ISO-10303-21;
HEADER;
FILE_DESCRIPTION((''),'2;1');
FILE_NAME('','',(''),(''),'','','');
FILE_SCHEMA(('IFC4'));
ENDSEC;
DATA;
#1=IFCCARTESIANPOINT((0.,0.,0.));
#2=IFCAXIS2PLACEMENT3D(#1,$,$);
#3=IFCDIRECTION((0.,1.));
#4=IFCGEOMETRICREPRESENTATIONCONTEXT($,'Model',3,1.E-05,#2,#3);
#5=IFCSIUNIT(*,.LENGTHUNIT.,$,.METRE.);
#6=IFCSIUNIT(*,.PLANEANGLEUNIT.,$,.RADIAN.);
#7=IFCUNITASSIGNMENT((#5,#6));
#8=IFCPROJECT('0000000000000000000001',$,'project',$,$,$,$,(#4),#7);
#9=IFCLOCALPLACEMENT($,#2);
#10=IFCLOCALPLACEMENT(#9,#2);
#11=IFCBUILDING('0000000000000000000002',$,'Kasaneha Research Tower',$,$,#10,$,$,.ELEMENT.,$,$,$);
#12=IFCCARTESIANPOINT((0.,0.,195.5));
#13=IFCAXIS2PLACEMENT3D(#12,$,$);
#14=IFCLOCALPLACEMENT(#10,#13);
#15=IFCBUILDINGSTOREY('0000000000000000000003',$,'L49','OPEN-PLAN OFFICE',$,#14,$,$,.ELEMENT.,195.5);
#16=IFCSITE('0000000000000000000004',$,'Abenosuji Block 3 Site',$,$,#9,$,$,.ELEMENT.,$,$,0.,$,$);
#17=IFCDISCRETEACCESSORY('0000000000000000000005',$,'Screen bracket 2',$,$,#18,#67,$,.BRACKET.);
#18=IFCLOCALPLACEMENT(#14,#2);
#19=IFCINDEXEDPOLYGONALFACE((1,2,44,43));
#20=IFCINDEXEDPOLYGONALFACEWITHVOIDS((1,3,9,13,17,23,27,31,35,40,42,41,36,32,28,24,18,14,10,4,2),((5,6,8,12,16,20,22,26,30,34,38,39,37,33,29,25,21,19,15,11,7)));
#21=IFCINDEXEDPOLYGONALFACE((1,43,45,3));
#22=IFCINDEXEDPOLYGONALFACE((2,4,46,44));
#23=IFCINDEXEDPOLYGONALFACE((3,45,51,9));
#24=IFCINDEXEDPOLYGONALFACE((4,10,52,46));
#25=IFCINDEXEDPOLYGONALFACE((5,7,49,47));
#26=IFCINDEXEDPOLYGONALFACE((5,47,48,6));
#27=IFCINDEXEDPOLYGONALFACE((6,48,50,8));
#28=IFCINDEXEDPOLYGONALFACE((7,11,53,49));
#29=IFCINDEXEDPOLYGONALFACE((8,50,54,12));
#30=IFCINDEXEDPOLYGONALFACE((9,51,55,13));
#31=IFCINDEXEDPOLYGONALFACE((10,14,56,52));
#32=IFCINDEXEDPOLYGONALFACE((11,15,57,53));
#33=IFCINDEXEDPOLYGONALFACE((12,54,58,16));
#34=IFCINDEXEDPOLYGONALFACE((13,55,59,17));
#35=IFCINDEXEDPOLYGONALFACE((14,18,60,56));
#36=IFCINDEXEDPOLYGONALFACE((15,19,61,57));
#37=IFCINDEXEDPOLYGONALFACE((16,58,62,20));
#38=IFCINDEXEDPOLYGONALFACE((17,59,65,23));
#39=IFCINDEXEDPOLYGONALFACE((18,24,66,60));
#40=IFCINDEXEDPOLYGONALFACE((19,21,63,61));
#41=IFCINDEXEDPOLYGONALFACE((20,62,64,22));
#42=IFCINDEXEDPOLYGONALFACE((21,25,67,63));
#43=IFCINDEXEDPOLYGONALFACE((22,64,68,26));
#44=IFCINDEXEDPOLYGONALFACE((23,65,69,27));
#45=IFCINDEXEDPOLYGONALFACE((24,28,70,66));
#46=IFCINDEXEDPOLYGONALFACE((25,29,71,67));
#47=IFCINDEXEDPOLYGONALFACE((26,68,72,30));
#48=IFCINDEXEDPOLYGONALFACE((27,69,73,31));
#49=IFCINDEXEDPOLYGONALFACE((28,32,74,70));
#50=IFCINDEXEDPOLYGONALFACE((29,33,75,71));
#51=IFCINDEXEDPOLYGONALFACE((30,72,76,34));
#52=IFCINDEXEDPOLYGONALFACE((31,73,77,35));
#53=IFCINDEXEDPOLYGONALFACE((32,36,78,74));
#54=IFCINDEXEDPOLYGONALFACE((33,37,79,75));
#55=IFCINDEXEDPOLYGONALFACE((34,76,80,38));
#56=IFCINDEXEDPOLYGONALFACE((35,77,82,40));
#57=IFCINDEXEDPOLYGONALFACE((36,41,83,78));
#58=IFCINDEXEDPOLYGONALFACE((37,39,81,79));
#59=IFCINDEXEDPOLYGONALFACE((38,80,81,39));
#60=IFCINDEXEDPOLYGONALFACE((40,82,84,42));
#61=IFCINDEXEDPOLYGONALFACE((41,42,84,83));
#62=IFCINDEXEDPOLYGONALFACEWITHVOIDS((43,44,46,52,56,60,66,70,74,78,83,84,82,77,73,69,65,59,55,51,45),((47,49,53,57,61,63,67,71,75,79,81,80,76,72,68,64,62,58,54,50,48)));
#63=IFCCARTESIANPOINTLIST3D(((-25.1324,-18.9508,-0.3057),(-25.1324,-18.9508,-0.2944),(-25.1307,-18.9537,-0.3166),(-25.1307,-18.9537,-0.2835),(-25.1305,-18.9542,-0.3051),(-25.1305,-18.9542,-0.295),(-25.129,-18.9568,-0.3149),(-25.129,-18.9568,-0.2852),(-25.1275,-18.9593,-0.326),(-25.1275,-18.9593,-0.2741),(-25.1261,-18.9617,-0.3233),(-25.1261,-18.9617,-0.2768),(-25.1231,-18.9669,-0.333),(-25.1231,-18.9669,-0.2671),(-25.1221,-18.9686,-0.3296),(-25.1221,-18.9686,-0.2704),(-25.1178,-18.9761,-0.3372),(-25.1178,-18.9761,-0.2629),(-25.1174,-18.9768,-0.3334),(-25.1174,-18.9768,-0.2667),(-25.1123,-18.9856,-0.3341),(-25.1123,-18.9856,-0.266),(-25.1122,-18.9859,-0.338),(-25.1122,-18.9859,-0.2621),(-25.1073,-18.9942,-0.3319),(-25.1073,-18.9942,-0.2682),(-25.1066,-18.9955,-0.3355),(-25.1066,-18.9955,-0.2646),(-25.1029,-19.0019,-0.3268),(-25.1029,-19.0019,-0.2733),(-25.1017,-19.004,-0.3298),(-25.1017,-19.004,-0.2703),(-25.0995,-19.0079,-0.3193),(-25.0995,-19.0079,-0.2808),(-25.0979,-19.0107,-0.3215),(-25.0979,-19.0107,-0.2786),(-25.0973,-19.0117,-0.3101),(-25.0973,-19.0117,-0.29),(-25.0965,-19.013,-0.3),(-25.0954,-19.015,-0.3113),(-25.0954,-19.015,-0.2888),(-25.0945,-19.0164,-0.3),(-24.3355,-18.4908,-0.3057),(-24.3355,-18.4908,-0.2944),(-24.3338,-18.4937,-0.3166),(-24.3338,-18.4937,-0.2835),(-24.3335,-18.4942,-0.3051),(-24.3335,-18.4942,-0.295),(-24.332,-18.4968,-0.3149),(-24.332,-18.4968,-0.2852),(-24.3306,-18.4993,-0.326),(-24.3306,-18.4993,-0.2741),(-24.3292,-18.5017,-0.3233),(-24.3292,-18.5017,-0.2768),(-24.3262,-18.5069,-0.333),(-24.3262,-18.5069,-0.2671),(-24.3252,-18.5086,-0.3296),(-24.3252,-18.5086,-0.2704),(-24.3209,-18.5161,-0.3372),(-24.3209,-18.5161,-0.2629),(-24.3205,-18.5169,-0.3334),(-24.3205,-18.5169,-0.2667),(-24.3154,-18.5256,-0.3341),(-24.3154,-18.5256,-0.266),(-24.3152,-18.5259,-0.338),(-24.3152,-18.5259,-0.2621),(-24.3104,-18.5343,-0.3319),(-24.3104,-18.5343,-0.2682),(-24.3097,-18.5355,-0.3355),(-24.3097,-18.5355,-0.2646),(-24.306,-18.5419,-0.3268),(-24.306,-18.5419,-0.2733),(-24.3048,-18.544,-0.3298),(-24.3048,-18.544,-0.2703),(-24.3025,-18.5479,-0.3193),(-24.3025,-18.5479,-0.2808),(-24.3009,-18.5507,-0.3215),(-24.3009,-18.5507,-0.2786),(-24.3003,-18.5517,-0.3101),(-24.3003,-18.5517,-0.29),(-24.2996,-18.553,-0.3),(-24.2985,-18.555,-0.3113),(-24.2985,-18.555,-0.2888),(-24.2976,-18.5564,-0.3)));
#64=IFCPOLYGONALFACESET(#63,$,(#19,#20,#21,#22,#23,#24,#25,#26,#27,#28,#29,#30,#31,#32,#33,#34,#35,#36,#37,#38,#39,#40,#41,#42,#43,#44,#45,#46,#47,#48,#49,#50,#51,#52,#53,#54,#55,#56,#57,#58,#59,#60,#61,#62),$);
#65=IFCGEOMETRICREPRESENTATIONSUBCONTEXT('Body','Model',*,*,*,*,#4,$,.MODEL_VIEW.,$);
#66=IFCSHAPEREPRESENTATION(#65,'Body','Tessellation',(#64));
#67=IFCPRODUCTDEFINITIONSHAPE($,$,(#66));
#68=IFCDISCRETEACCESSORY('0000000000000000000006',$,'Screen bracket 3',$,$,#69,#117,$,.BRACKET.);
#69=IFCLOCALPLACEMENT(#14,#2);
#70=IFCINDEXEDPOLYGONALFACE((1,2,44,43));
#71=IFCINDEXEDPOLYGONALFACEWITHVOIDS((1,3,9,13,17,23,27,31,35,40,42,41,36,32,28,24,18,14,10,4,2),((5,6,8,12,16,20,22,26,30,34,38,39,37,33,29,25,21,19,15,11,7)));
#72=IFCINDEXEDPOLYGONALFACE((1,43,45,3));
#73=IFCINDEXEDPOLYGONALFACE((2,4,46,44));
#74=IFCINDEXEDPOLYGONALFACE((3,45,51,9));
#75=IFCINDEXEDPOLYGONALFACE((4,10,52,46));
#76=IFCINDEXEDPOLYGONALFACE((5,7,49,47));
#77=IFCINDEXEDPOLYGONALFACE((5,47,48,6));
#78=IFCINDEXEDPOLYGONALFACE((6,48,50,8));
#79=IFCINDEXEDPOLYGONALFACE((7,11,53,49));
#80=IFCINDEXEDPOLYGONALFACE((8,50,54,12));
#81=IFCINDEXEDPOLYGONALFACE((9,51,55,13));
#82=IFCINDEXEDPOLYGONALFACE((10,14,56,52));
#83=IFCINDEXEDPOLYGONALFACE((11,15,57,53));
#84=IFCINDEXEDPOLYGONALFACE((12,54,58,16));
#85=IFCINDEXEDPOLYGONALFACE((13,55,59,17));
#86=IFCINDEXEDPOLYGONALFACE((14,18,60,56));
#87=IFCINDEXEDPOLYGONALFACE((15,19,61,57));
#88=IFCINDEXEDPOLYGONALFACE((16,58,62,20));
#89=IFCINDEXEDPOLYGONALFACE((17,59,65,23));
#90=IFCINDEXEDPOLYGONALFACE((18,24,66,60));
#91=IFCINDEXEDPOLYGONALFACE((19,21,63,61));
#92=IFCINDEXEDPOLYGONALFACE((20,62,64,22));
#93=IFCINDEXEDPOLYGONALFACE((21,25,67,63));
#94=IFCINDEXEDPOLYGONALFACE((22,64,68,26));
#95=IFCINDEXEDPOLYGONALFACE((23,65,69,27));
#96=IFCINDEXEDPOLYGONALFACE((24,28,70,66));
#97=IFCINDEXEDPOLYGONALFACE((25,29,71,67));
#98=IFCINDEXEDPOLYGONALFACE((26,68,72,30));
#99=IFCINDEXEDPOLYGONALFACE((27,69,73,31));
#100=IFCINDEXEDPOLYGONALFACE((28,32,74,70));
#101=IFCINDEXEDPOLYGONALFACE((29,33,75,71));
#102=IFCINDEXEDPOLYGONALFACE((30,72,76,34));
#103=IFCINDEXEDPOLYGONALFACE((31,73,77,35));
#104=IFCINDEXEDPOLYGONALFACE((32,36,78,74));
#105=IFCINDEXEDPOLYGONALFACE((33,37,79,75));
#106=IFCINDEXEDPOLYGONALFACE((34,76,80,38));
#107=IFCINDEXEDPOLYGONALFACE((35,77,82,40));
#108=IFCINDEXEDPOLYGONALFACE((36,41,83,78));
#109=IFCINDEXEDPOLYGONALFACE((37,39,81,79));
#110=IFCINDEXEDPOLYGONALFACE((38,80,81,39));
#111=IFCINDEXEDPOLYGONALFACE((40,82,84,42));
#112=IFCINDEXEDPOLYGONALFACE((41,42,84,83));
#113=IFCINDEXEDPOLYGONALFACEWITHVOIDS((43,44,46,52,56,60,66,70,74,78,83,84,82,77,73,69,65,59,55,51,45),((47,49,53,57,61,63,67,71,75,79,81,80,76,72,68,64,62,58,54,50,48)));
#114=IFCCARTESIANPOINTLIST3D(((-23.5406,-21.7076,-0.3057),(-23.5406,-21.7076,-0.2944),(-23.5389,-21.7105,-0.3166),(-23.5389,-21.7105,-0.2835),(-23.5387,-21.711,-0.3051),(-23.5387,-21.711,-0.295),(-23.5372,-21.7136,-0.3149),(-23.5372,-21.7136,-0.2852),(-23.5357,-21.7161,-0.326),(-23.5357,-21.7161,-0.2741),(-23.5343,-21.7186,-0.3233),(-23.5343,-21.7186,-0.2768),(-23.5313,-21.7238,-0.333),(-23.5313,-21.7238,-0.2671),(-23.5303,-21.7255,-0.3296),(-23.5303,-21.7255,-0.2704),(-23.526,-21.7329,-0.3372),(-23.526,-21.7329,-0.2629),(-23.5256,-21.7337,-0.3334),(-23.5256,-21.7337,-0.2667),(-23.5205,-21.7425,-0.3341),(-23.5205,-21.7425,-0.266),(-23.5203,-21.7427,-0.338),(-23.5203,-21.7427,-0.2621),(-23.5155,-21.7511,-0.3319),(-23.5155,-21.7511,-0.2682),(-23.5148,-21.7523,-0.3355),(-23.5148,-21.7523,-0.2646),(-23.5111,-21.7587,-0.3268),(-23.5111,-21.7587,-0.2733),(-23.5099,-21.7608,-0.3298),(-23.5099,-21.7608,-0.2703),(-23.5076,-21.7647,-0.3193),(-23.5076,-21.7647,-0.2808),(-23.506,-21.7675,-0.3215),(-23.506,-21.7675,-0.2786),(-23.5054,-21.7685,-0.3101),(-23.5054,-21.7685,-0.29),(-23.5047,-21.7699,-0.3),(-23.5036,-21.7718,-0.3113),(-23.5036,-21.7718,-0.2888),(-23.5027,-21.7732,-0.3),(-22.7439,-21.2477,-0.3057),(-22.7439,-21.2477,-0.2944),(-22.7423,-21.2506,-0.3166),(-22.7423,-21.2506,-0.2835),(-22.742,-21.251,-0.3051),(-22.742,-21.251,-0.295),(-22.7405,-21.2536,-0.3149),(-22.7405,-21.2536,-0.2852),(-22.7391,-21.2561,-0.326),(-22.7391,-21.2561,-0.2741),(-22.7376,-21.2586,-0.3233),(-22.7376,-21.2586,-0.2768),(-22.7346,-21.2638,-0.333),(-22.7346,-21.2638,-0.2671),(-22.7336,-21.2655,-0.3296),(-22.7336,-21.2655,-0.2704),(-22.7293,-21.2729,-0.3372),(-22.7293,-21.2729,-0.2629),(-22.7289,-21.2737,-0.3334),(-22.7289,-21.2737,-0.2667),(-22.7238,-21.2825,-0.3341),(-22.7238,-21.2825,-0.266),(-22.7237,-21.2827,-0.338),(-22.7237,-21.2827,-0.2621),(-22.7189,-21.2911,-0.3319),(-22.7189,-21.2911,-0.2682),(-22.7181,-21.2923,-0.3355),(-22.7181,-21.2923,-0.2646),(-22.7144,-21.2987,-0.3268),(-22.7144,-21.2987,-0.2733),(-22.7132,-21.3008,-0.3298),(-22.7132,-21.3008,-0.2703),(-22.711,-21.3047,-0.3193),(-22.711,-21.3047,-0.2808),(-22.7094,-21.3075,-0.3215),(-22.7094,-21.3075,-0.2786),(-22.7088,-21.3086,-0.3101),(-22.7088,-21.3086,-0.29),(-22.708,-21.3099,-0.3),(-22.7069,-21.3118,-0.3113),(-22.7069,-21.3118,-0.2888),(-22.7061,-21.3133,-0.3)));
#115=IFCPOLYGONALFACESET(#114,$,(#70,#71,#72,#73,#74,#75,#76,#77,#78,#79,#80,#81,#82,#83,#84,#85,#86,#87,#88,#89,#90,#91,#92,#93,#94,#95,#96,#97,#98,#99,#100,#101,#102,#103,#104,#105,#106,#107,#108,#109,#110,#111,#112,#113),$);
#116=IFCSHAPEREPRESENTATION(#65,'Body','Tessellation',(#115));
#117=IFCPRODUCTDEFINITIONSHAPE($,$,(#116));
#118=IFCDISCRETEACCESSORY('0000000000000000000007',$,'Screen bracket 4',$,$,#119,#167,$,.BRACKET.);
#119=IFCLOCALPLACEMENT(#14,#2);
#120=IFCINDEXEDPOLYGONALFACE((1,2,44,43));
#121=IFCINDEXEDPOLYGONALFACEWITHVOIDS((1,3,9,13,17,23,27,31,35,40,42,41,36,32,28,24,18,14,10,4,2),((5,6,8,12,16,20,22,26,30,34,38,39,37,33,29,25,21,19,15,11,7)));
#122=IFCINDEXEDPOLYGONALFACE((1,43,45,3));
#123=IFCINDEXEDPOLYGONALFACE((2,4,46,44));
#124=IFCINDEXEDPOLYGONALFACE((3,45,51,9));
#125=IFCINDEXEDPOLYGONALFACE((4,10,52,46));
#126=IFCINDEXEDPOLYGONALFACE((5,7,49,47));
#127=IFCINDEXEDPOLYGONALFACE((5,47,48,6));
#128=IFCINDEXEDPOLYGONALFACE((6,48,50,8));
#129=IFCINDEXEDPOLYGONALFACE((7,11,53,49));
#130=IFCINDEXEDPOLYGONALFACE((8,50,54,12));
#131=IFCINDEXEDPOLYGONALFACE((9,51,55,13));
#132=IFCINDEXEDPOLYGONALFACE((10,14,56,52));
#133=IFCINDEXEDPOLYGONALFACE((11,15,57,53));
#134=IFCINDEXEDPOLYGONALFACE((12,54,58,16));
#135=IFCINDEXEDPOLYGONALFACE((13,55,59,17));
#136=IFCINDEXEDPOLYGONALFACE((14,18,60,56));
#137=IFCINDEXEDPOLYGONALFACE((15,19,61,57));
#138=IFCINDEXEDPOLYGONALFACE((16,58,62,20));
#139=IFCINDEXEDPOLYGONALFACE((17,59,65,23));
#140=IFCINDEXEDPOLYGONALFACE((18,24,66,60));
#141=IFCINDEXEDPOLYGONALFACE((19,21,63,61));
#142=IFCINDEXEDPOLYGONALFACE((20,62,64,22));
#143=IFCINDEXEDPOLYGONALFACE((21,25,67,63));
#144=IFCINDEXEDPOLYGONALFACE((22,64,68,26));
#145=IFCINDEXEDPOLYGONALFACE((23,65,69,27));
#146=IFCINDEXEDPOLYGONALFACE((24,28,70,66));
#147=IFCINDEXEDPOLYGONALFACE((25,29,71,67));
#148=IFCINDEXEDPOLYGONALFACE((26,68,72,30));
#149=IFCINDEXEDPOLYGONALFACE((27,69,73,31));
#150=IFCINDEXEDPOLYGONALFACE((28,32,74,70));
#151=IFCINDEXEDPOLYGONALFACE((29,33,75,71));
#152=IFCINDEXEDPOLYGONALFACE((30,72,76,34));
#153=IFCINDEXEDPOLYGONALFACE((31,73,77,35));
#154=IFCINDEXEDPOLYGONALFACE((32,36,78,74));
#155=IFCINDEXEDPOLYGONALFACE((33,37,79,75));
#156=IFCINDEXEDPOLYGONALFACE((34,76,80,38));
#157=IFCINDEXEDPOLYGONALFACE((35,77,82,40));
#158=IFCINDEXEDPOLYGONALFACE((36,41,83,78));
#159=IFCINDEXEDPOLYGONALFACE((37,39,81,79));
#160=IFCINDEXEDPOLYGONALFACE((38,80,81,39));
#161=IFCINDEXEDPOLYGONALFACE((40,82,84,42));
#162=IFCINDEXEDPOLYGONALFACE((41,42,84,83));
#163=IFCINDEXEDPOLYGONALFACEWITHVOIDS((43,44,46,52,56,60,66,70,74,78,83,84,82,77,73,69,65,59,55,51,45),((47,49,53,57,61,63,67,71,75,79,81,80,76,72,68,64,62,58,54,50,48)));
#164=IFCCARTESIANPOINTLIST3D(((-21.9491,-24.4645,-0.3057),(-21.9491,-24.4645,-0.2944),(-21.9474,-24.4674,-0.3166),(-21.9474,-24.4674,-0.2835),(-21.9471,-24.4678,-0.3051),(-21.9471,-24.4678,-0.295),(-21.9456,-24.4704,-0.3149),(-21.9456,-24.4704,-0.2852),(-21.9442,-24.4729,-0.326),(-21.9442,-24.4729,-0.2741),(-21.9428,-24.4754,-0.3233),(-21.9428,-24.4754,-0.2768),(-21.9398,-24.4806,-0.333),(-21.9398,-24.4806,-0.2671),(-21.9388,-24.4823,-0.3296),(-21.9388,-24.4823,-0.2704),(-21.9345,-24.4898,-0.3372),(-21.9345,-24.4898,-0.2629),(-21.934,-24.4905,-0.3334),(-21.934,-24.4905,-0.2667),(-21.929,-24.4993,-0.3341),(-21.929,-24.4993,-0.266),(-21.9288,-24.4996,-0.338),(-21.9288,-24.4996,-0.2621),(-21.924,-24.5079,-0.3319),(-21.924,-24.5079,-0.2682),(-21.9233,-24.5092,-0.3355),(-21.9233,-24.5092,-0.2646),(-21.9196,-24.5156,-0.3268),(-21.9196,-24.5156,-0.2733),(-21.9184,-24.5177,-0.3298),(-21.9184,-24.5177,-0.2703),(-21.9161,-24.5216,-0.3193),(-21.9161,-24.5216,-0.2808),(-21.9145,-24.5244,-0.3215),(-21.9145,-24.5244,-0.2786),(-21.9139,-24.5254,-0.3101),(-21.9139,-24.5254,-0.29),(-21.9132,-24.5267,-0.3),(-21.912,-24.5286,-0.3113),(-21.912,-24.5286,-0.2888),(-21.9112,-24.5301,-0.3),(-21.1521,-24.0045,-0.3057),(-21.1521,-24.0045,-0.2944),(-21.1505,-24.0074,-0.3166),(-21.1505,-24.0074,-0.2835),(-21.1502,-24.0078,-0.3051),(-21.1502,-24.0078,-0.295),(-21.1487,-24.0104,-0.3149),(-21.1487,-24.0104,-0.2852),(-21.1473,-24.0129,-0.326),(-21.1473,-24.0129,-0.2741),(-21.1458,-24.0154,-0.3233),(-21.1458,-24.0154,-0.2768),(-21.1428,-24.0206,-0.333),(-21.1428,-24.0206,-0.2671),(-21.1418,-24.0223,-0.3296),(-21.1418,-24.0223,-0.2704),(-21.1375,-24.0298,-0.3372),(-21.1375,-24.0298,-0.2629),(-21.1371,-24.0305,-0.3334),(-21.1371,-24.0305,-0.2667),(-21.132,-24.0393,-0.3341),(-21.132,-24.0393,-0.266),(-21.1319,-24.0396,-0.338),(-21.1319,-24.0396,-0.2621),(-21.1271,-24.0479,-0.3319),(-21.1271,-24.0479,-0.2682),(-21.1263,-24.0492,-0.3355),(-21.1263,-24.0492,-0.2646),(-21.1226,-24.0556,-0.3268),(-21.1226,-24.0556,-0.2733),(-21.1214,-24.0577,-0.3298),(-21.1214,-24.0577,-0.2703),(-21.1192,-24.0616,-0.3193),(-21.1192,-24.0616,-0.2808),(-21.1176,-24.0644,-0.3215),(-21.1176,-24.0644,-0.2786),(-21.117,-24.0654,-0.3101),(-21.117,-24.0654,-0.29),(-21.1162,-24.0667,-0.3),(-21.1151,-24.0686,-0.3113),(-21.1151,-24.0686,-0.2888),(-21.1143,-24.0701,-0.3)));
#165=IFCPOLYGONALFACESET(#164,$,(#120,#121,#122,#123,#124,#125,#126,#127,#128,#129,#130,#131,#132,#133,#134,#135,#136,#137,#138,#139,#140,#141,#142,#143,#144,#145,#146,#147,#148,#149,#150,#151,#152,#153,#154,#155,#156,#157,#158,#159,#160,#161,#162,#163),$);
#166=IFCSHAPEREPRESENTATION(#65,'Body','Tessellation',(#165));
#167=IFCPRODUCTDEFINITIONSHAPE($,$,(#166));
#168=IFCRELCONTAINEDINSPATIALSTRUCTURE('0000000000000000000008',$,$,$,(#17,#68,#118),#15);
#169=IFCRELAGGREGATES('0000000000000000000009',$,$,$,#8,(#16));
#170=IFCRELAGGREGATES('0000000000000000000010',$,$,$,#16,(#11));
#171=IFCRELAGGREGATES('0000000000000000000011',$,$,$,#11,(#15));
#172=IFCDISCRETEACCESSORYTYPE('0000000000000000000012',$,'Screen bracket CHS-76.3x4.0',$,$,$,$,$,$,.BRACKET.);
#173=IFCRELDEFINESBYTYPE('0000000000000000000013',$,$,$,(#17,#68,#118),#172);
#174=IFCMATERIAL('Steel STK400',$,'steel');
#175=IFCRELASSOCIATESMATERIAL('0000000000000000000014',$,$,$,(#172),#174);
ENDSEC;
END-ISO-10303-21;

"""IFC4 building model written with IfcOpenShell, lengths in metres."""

from ifc_helpers import new_model, si_unit, direction, frame, origin, origin_2d, place, context, subcontext, project, spatial, hollow_circle, extrude, material, material_profile, profile_set, type_object, element, save


model = new_model("IFC4")

# Units and contexts
model_context = context("Model", 3, precision=1e-05, world=origin(), true_north=direction((0.0, 1.0)))
body_context = subcontext(model_context, "Body", "Model", "MODEL_VIEW")
ifc_project = project(units=[si_unit("LENGTHUNIT", "METRE"), si_unit("PLANEANGLEUNIT", "RADIAN")], contexts=[model_context])

# Site, building, storey
site_placement = place(None, origin())
site = spatial("IfcSite", under=ifc_project, at=site_placement, Name="Abenosuji Block 3 Site", CompositionType="ELEMENT", RefElevation=0.0)
building_placement = place(site_placement, origin())
building = spatial("IfcBuilding", under=site, at=building_placement, Name="Kasaneha Research Tower", CompositionType="ELEMENT")
storey_placement = place(building_placement, frame((0.0, 0.0, 195.5)))
storey = spatial("IfcBuildingStorey", under=building, at=storey_placement, Name="L49", Description="OPEN-PLAN OFFICE", CompositionType="ELEMENT", Elevation=195.5)

# Discrete accessories
ifc_material_1 = material(Name="Steel STK400", Category="steel")
ifc_material_profile_1 = material_profile(ifc_material_1, hollow_circle(Radius=0.0381, WallThickness=0.0039, at=origin_2d()), Name="CHS-76.3x4.0")
ifc_profile_set_1 = profile_set([ifc_material_profile_1], Name="Steel STK400")
discrete_accessory_type = type_object("IfcDiscreteAccessoryType", Name="Screen bracket CHS-76.3x4.0", PredefinedType="BRACKET", material=ifc_profile_set_1)
discrete_accessory_1_placement = place(storey_placement, frame((-24.3167, -18.5234, -0.3), z_axis=(-0.86608, -0.499906, 0.0), x_axis=(0.499906, -0.86608, 0.0)))
element("IfcDiscreteAccessory", 1, at=discrete_accessory_1_placement, inside=storey, type_object=discrete_accessory_type, Name="Screen bracket 2", PredefinedType="BRACKET", context=body_context, shape_type="SweptSolid", body=[
    extrude(hollow_circle(Radius=0.0381, WallThickness=0.0039, at=origin_2d()), origin(), (0.0, 0.0, 1.0), 0.9202),
])
discrete_accessory_2_placement = place(storey_placement, frame((-22.7251, -21.2803, -0.3), z_axis=(-0.866013, -0.500021, 0.0), x_axis=(0.500021, -0.866013, 0.0)))
element("IfcDiscreteAccessory", 2, at=discrete_accessory_2_placement, inside=storey, type_object=discrete_accessory_type, Name="Screen bracket 3", PredefinedType="BRACKET", context=body_context, shape_type="SweptSolid", body=[
    extrude(hollow_circle(Radius=0.0381, WallThickness=0.0039, at=origin_2d()), origin(), (0.0, 0.0, 1.0), 0.9199),
])
discrete_accessory_3_placement = place(storey_placement, frame((-21.1333, -24.0371, -0.3), z_axis=(-0.86608, -0.499906, 0.0), x_axis=(0.499906, -0.86608, 0.0)))
element("IfcDiscreteAccessory", 3, at=discrete_accessory_3_placement, inside=storey, type_object=discrete_accessory_type, Name="Screen bracket 4", PredefinedType="BRACKET", context=body_context, shape_type="SweptSolid", body=[
    extrude(hollow_circle(Radius=0.0381, WallThickness=0.0039, at=origin_2d()), origin(), (0.0, 0.0, 1.0), 0.9202),
])

save(model, "model.ifc")
